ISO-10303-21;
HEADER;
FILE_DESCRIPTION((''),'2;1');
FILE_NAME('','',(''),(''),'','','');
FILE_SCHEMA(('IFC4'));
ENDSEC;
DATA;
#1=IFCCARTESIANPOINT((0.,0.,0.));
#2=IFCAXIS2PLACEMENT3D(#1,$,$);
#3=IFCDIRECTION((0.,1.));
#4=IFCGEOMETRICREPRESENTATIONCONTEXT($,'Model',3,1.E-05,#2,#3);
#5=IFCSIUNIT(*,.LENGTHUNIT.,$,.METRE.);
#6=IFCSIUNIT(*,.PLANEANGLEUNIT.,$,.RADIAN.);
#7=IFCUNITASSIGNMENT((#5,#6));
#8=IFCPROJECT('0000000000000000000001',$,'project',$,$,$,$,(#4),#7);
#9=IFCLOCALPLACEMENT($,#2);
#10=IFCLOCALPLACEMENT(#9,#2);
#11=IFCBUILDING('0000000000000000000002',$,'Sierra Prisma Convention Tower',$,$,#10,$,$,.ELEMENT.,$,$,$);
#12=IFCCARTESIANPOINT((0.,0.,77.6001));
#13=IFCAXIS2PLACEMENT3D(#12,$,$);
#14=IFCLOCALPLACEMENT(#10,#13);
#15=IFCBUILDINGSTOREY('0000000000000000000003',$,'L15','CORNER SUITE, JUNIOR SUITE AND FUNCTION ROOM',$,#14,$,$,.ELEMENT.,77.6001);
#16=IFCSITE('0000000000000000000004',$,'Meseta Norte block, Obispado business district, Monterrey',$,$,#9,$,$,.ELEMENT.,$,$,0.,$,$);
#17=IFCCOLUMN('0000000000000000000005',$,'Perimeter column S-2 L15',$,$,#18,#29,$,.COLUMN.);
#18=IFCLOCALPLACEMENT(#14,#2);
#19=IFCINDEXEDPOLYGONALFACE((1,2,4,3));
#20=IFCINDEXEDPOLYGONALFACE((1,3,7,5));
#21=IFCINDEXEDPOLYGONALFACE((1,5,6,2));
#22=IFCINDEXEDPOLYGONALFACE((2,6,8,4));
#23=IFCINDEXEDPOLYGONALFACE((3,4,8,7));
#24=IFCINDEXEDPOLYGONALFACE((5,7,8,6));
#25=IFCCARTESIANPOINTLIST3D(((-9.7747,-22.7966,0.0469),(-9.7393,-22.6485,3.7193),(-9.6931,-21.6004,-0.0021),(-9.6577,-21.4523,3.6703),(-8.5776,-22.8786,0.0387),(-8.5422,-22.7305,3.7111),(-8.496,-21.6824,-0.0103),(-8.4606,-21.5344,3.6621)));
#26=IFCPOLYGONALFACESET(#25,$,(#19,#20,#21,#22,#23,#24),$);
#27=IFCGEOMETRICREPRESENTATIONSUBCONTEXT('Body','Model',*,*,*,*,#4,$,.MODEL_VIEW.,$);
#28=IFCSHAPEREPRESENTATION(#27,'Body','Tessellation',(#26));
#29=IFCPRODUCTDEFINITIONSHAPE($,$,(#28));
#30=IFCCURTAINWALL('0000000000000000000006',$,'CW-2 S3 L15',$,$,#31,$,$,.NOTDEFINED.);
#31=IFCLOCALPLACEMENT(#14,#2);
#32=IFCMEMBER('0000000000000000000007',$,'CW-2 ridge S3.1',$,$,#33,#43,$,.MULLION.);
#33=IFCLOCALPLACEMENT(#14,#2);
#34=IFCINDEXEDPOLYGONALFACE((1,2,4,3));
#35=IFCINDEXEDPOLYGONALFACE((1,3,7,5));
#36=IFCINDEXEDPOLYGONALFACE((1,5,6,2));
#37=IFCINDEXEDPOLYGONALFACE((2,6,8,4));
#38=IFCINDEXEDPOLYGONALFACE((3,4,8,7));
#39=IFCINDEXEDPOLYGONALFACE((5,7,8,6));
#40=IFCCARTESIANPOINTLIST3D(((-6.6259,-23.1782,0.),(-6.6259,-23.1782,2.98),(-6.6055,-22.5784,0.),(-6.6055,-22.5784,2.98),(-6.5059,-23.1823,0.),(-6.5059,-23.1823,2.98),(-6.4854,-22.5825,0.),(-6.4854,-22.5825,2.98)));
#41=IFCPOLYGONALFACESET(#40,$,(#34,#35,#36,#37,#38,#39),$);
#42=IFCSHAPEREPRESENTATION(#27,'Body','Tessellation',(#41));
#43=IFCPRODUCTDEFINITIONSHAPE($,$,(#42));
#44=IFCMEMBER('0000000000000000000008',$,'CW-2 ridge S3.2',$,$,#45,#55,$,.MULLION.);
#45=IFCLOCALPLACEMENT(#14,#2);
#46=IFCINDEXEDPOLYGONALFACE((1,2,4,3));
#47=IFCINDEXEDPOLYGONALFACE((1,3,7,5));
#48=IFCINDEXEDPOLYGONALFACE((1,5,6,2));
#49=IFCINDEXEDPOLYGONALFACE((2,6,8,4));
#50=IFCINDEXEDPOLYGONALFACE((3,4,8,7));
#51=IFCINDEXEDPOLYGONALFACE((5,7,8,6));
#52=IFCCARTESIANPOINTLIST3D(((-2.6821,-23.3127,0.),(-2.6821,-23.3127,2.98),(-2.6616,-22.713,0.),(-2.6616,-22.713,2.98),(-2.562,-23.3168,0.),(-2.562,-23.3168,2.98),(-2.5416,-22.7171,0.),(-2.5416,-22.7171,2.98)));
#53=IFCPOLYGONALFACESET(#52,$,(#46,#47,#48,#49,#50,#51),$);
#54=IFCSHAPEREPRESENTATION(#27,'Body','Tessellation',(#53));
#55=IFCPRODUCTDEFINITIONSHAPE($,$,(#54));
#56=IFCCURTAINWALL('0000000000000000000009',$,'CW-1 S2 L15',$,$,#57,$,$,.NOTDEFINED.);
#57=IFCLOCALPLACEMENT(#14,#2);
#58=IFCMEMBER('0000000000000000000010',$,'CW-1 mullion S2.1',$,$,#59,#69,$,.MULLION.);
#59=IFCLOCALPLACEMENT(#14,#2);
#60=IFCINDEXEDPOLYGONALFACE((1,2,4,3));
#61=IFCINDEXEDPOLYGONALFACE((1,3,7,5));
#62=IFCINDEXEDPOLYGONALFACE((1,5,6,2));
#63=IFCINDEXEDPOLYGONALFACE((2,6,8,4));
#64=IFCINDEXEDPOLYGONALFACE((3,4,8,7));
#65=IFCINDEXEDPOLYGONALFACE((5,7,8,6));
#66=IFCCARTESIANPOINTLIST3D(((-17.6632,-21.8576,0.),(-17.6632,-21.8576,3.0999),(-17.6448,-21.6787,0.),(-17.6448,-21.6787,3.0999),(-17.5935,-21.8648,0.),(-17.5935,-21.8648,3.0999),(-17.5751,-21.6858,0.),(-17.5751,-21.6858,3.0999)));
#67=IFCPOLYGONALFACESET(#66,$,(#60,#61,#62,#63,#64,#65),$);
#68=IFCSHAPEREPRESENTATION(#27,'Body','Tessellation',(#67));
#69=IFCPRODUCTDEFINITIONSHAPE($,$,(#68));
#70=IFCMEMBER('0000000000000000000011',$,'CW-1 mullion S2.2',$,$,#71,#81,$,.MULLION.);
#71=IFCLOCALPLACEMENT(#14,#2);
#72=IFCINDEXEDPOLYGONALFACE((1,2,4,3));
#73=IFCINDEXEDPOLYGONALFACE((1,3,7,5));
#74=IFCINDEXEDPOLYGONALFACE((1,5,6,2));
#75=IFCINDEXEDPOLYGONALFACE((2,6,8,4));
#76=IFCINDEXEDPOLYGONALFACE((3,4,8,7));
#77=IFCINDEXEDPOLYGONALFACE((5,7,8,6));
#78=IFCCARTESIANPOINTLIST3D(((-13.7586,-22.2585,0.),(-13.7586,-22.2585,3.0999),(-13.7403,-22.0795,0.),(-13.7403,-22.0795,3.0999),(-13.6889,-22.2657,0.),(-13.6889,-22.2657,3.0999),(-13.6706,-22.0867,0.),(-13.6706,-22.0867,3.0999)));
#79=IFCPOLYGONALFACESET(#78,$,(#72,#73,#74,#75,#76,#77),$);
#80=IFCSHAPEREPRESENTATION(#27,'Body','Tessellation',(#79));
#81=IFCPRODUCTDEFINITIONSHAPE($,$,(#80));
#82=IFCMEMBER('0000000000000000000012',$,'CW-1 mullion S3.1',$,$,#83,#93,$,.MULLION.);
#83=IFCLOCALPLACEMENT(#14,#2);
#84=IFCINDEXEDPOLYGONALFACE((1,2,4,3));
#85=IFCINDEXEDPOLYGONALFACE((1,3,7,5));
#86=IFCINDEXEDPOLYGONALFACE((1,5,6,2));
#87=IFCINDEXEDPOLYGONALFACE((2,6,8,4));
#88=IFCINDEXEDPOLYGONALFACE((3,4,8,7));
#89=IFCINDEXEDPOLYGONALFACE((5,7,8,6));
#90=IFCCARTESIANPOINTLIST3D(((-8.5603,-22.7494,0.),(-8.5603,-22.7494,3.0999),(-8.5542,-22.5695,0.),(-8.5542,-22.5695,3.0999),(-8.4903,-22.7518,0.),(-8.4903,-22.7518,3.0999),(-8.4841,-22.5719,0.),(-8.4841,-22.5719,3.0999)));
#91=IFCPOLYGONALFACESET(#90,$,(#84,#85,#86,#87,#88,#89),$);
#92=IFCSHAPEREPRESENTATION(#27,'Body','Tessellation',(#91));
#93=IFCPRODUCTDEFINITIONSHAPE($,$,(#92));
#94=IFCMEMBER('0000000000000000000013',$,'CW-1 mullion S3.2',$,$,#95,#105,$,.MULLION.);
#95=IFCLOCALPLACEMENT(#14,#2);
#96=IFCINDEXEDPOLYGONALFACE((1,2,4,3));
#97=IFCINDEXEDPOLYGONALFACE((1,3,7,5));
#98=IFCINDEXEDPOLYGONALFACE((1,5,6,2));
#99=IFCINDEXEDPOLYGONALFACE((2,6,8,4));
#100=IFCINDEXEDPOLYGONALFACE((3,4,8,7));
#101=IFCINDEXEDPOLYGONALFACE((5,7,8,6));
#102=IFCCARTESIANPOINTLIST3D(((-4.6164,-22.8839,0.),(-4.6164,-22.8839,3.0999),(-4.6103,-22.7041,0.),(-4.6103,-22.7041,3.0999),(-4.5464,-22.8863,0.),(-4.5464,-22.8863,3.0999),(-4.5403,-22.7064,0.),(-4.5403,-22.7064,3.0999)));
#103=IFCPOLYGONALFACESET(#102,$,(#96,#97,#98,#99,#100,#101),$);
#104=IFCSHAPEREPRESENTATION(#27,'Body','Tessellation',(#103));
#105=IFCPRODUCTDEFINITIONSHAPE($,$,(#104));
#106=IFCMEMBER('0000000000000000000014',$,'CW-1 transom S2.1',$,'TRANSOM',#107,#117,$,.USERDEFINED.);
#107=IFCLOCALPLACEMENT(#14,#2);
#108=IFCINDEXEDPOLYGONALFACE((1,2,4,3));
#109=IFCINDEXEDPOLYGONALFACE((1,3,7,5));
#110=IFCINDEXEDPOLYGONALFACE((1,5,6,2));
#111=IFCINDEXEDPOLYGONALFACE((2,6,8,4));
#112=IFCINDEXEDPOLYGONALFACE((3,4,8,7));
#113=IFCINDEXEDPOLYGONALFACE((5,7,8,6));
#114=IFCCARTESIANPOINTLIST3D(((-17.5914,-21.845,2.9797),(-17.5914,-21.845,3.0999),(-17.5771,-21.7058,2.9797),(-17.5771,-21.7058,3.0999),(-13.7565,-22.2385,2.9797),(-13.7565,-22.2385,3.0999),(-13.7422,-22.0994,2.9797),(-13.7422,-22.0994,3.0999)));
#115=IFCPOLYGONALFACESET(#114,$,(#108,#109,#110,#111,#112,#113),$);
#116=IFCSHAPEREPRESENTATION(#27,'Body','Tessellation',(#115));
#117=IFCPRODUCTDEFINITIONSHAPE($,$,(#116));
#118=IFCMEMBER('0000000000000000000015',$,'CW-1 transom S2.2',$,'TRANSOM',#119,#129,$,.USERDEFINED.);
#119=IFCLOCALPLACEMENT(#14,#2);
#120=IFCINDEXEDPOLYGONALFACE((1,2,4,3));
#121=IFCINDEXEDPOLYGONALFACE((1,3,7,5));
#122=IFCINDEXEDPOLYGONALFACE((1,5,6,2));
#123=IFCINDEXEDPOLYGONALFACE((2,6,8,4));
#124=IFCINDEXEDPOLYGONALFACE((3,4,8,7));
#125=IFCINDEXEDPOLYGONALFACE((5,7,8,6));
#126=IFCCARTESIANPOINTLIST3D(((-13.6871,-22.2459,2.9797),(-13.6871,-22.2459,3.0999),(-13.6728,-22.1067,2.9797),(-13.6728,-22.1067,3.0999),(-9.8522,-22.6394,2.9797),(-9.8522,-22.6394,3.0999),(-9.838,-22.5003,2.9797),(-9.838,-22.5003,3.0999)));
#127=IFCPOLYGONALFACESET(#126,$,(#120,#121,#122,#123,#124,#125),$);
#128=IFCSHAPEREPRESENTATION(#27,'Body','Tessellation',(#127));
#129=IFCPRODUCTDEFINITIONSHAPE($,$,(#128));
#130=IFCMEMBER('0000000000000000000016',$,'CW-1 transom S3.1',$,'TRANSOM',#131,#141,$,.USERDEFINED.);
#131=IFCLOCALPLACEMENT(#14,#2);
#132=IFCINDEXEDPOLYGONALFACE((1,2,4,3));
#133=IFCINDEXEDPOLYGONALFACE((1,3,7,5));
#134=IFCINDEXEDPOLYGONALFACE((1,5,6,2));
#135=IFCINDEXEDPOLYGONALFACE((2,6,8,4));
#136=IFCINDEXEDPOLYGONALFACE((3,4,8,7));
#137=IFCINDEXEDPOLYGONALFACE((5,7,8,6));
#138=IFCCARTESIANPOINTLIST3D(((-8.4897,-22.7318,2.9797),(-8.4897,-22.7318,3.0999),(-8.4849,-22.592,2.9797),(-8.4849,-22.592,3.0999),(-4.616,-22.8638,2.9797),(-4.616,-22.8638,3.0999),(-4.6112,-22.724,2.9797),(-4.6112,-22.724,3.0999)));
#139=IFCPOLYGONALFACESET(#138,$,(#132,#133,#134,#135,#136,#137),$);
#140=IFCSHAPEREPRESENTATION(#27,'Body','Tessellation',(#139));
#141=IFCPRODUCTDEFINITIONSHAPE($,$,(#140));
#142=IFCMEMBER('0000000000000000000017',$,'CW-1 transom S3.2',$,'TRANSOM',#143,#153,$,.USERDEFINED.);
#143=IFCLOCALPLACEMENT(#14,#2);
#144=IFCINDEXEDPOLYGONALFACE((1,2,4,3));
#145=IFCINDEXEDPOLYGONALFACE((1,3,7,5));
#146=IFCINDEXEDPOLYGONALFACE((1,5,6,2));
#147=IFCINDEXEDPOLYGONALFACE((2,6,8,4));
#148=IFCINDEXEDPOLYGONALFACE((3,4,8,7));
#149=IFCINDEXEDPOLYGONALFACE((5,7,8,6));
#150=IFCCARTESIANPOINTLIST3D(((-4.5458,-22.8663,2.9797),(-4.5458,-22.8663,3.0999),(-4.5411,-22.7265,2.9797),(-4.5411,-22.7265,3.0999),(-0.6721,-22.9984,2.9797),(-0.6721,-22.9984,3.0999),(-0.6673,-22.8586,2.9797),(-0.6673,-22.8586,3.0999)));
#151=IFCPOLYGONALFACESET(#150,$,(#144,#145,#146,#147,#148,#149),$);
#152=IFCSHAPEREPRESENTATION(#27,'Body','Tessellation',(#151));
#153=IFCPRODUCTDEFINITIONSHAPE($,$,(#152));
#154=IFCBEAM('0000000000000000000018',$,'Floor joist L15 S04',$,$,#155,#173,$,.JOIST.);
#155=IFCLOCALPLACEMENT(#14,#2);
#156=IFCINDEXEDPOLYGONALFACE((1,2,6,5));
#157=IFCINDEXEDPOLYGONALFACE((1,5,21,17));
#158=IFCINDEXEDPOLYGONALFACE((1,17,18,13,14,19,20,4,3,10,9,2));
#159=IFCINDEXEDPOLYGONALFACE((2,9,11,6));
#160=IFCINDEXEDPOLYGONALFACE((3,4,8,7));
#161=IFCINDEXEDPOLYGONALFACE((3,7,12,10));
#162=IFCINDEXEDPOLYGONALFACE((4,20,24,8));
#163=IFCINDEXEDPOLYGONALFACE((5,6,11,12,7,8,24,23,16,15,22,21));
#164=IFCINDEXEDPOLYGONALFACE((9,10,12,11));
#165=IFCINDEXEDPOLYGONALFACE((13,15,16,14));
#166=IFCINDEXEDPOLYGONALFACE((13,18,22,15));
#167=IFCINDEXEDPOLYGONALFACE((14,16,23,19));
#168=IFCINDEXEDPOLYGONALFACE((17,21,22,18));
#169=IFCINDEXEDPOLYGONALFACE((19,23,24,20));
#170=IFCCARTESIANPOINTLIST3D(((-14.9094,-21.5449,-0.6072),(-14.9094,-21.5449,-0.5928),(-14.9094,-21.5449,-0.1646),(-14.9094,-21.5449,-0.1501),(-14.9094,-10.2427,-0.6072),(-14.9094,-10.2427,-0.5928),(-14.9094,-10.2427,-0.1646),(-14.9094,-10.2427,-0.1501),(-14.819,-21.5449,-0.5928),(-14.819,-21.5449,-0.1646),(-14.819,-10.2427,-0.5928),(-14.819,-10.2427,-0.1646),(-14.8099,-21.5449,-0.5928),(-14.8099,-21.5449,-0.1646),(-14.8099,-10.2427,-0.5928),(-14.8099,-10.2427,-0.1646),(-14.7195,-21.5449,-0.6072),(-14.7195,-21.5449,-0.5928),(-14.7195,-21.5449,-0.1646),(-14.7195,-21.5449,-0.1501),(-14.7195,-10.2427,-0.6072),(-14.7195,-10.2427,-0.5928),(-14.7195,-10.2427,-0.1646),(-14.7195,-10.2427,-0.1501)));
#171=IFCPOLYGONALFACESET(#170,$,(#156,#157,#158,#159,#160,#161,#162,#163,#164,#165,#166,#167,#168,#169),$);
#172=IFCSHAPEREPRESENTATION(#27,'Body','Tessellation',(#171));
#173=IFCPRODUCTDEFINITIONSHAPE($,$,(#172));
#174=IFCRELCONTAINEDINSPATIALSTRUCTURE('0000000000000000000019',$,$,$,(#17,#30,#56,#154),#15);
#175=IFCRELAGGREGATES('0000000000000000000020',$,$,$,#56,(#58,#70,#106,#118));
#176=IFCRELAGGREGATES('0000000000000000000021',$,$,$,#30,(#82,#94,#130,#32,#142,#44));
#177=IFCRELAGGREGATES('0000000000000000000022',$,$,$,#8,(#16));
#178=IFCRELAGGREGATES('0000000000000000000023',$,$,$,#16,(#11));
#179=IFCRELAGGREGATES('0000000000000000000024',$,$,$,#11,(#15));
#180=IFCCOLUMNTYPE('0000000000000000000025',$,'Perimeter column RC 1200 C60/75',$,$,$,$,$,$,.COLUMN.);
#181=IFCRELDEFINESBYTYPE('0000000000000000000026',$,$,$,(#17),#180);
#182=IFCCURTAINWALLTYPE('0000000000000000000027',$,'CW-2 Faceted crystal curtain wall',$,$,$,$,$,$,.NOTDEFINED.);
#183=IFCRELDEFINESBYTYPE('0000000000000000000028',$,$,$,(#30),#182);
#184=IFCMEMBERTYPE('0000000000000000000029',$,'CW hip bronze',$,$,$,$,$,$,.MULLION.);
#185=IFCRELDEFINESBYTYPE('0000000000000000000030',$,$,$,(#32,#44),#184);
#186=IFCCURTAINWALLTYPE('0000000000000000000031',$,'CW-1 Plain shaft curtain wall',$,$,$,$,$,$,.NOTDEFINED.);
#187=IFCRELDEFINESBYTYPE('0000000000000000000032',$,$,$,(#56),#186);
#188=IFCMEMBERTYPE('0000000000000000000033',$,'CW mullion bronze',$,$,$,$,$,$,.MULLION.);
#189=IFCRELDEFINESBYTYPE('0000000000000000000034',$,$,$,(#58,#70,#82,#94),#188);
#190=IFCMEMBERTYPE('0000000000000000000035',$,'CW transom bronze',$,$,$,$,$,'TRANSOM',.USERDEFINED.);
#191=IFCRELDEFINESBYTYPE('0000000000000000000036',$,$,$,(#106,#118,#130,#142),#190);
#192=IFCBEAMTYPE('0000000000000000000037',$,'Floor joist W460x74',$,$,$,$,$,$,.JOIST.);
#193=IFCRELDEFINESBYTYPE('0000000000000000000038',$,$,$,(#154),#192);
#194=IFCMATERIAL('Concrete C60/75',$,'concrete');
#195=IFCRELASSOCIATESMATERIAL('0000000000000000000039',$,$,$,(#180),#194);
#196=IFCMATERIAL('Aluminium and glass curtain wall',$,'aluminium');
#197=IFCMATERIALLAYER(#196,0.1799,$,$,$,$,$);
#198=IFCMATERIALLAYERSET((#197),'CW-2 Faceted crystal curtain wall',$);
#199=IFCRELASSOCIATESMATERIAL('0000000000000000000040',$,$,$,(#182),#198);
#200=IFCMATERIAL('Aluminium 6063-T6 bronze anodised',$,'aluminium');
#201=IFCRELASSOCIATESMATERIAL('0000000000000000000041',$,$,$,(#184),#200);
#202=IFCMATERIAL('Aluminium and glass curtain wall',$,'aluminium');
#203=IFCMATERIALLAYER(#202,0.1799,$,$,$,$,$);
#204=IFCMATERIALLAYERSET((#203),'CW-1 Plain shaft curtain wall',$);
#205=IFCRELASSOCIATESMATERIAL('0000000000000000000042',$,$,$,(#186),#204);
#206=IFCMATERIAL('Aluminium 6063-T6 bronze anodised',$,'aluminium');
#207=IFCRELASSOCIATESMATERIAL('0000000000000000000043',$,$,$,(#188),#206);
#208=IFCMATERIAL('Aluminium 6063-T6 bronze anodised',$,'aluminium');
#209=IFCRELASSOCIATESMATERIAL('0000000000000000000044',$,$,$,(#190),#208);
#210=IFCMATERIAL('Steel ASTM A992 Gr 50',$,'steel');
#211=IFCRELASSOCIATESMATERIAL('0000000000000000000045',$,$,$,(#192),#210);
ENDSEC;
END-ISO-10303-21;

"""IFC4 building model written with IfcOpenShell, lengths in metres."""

from ifc_helpers import new_model, si_unit, direction, frame, origin, origin_2d, place, context, subcontext, project, spatial, rectangle, i_section, extrude, clip, halfspace, material, layer, layer_set, material_profile, profile_set, type_object, element, aggregate, save


model = new_model("IFC4")

# Units and contexts
model_context = context("Model", 3, precision=1e-05, world=origin(), true_north=direction((0.0, 1.0)))
body_context = subcontext(model_context, "Body", "Model", "MODEL_VIEW")
ifc_project = project(units=[si_unit("LENGTHUNIT", "METRE"), si_unit("PLANEANGLEUNIT", "RADIAN")], contexts=[model_context])

# Site, building, storey
site_placement = place(None, origin())
site = spatial("IfcSite", under=ifc_project, at=site_placement, Name="Meseta Norte block, Obispado business district, Monterrey", CompositionType="ELEMENT", RefElevation=0.0)
building_placement = place(site_placement, origin())
building = spatial("IfcBuilding", under=site, at=building_placement, Name="Sierra Prisma Convention Tower", CompositionType="ELEMENT")
storey_placement = place(building_placement, frame((0.0, 0.0, 77.6001)))
storey = spatial("IfcBuildingStorey", under=building, at=storey_placement, Name="L15", Description="CORNER SUITE, JUNIOR SUITE AND FUNCTION ROOM", CompositionType="ELEMENT", Elevation=77.6001)

# Column
ifc_material_1 = material(Name="Concrete C60/75", Category="concrete")
ifc_material_profile_1 = material_profile(ifc_material_1, rectangle(XDim=1.2, YDim=1.2, at=origin_2d()), Name="Perimeter column RC 1200 C60/75")
ifc_profile_set_1 = profile_set([ifc_material_profile_1], Name="Concrete C60/75")
column_type = type_object("IfcColumnType", Name="Perimeter column RC 1200 C60/75", PredefinedType="COLUMN", material=ifc_profile_set_1)
column_1_placement = place(storey_placement, frame((-9.1355, -22.2402, 0.0), z_axis=(0.009626, 0.040282, 0.999142), x_axis=(-0.997638, 0.068354, 0.006855)))
element("IfcColumn", 1, at=column_1_placement, inside=storey, type_object=column_type, Name="Perimeter column S-2 L15", PredefinedType="COLUMN", context=body_context, shape_type="SweptSolid", body=[
    clip(clip(extrude(rectangle(XDim=1.2, YDim=1.2, at=origin_2d()), origin(), (0.0, 0.0, 1.0), 3.7031), halfspace(frame((0.0, 0.0, 0.0183)), True)), halfspace(frame((0.0, 0.0, 3.6938)), False)),
])

# Curtain walls, members
ifc_material_2 = material(Name="Aluminium and glass curtain wall", Category="aluminium")
ifc_layer_1 = layer(ifc_material_2, 0.1799)
ifc_layer_set_1 = layer_set([ifc_layer_1], Name="CW-2 Faceted crystal curtain wall")
curtain_wall_type_1 = type_object("IfcCurtainWallType", Name="CW-2 Faceted crystal curtain wall", PredefinedType="NOTDEFINED", material=ifc_layer_set_1)
curtain_wall_1_placement = place(storey_placement, origin())
curtain_wall_1 = element("IfcCurtainWall", 2, at=curtain_wall_1_placement, inside=storey, type_object=curtain_wall_type_1, Name="CW-2 S3 L15", PredefinedType="NOTDEFINED")
ifc_material_3 = material(Name="Aluminium 6063-T6 bronze anodised", Category="aluminium")
ifc_material_profile_2 = material_profile(ifc_material_3, rectangle(XDim=0.1201, YDim=0.6001, at=origin_2d()), Name="ALU RIDGE BLADE 120x600")
ifc_profile_set_2 = profile_set([ifc_material_profile_2], Name="Aluminium 6063-T6 bronze anodised")
member_type_1 = type_object("IfcMemberType", Name="CW hip bronze", PredefinedType="MULLION", material=ifc_profile_set_2)
member_1_placement = place(storey_placement, frame((-6.5557, -22.8804, 0.0), z_axis=(0.0, 0.0, 1.0), x_axis=(0.999419, -0.03409, 0.0)))
member_1 = element("IfcMember", 3, at=member_1_placement, type_object=member_type_1, Name="CW-2 ridge S3.1", PredefinedType="MULLION", context=body_context, shape_type="SweptSolid", body=[
    extrude(rectangle(XDim=0.1201, YDim=0.6001, at=origin_2d()), origin(), (0.0, 0.0, 1.0), 2.98),
])
member_2_placement = place(storey_placement, frame((-2.6118, -23.0149, 0.0), z_axis=(0.0, 0.0, 1.0), x_axis=(0.999419, -0.03409, 0.0)))
member_2 = element("IfcMember", 4, at=member_2_placement, type_object=member_type_1, Name="CW-2 ridge S3.2", PredefinedType="MULLION", context=body_context, shape_type="SweptSolid", body=[
    extrude(rectangle(XDim=0.1201, YDim=0.6001, at=origin_2d()), origin(), (0.0, 0.0, 1.0), 2.98),
])
ifc_material_4 = material(Name="Aluminium and glass curtain wall", Category="aluminium")
ifc_layer_2 = layer(ifc_material_4, 0.1799)
ifc_layer_set_2 = layer_set([ifc_layer_2], Name="CW-1 Plain shaft curtain wall")
curtain_wall_type_2 = type_object("IfcCurtainWallType", Name="CW-1 Plain shaft curtain wall", PredefinedType="NOTDEFINED", material=ifc_layer_set_2)
curtain_wall_2_placement = place(storey_placement, origin())
curtain_wall_2 = element("IfcCurtainWall", 5, at=curtain_wall_2_placement, inside=storey, type_object=curtain_wall_type_2, Name="CW-1 S2 L15", PredefinedType="NOTDEFINED")
ifc_material_5 = material(Name="Aluminium 6063-T6 bronze anodised", Category="aluminium")
ifc_material_profile_3 = material_profile(ifc_material_5, rectangle(XDim=0.1799, YDim=0.0701, at=origin_2d()), Name="ALU MULLION 70x180")
ifc_profile_set_3 = profile_set([ifc_material_profile_3], Name="Aluminium 6063-T6 bronze anodised")
member_type_2 = type_object("IfcMemberType", Name="CW mullion bronze", PredefinedType="MULLION", material=ifc_profile_set_3)
member_3_placement = place(storey_placement, frame((-17.6191, -21.7717, 0.0), z_axis=(0.0, 0.0, 1.0), x_axis=(0.102112, 0.994773, 0.0)))
member_3 = element("IfcMember", 6, at=member_3_placement, type_object=member_type_2, Name="CW-1 mullion S2.1", PredefinedType="MULLION", context=body_context, shape_type="SweptSolid", body=[
    extrude(rectangle(XDim=0.1799, YDim=0.0701, at=origin_2d()), origin(), (0.0, 0.0, 1.0), 3.0999),
])
member_4_placement = place(storey_placement, frame((-13.7146, -22.1726, 0.0), z_axis=(0.0, 0.0, 1.0), x_axis=(0.102112, 0.994773, 0.0)))
member_4 = element("IfcMember", 7, at=member_4_placement, type_object=member_type_2, Name="CW-1 mullion S2.2", PredefinedType="MULLION", context=body_context, shape_type="SweptSolid", body=[
    extrude(rectangle(XDim=0.1799, YDim=0.0701, at=origin_2d()), origin(), (0.0, 0.0, 1.0), 3.0999),
])

# Members
member_5_placement = place(storey_placement, frame((-8.5222, -22.6606, 0.0), z_axis=(0.0, 0.0, 1.0), x_axis=(0.03409, 0.999419, 0.0)))
member_5 = element("IfcMember", 8, at=member_5_placement, type_object=member_type_2, Name="CW-1 mullion S3.1", PredefinedType="MULLION", context=body_context, shape_type="SweptSolid", body=[
    extrude(rectangle(XDim=0.1799, YDim=0.0701, at=origin_2d()), origin(), (0.0, 0.0, 1.0), 3.0999),
])
member_6_placement = place(storey_placement, frame((-4.5784, -22.7952, 0.0), z_axis=(0.0, 0.0, 1.0), x_axis=(0.03409, 0.999419, 0.0)))
member_6 = element("IfcMember", 9, at=member_6_placement, type_object=member_type_2, Name="CW-1 mullion S3.2", PredefinedType="MULLION", context=body_context, shape_type="SweptSolid", body=[
    extrude(rectangle(XDim=0.1799, YDim=0.0701, at=origin_2d()), origin(), (0.0, 0.0, 1.0), 3.0999),
])
ifc_material_6 = material(Name="Aluminium 6063-T6 bronze anodised", Category="aluminium")
ifc_material_profile_4 = material_profile(ifc_material_6, rectangle(XDim=0.1399, YDim=0.1201, at=origin_2d()), Name="ALU TRANSOM 120x140")
ifc_profile_set_4 = profile_set([ifc_material_profile_4], Name="Aluminium 6063-T6 bronze anodised")
member_type_3 = type_object("IfcMemberType", Name="CW transom bronze", ElementType="TRANSOM", PredefinedType="USERDEFINED", material=ifc_profile_set_4)
member_7_placement = place(storey_placement, frame((-17.5842, -21.7754, 3.0398), z_axis=(0.994775, -0.102093, 0.0), x_axis=(0.102093, 0.994775, 0.0)))
member_7 = element("IfcMember", 10, at=member_7_placement, type_object=member_type_3, Name="CW-1 transom S2.1", ObjectType="TRANSOM", PredefinedType="USERDEFINED", context=body_context, shape_type="SweptSolid", body=[
    extrude(rectangle(XDim=0.1399, YDim=0.1201, at=origin_2d()), origin(), (0.0, 0.0, 1.0), 3.855),
])
member_8_placement = place(storey_placement, frame((-13.6799, -22.1763, 3.0398), z_axis=(0.994775, -0.102093, 0.0), x_axis=(0.102093, 0.994775, 0.0)))
member_8 = element("IfcMember", 11, at=member_8_placement, type_object=member_type_3, Name="CW-1 transom S2.2", ObjectType="TRANSOM", PredefinedType="USERDEFINED", context=body_context, shape_type="SweptSolid", body=[
    extrude(rectangle(XDim=0.1399, YDim=0.1201, at=origin_2d()), origin(), (0.0, 0.0, 1.0), 3.855),
])
member_9_placement = place(storey_placement, frame((-8.4873, -22.6619, 3.0398), z_axis=(0.999419, -0.034076, 0.0), x_axis=(0.034076, 0.999419, 0.0)))
member_9 = element("IfcMember", 12, at=member_9_placement, type_object=member_type_3, Name="CW-1 transom S3.1", ObjectType="TRANSOM", PredefinedType="USERDEFINED", context=body_context, shape_type="SweptSolid", body=[
    extrude(rectangle(XDim=0.1399, YDim=0.1201, at=origin_2d()), origin(), (0.0, 0.0, 1.0), 3.876),
])
member_10_placement = place(storey_placement, frame((-4.5435, -22.7964, 3.0398), z_axis=(0.999419, -0.034076, 0.0), x_axis=(0.034076, 0.999419, 0.0)))
member_10 = element("IfcMember", 13, at=member_10_placement, type_object=member_type_3, Name="CW-1 transom S3.2", ObjectType="TRANSOM", PredefinedType="USERDEFINED", context=body_context, shape_type="SweptSolid", body=[
    extrude(rectangle(XDim=0.1399, YDim=0.1201, at=origin_2d()), origin(), (0.0, 0.0, 1.0), 3.876),
])

# Beam
ifc_material_7 = material(Name="Steel ASTM A992 Gr 50", Category="steel")
ifc_material_profile_5 = material_profile(ifc_material_7, i_section(OverallWidth=0.1899, OverallDepth=0.457, WebThickness=0.009, FlangeThickness=0.0144, at=origin_2d()), Name="W460x74")
ifc_profile_set_5 = profile_set([ifc_material_profile_5], Name="Steel ASTM A992 Gr 50")
beam_type_1 = type_object("IfcBeamType", Name="Floor joist W460x74", PredefinedType="JOIST", material=ifc_profile_set_5)
beam_1_placement = place(storey_placement, frame((-14.8145, -21.5449, -0.3787), z_axis=(0.0, 1.0, 0.0), x_axis=(-1.0, 0.0, 0.0)))
element("IfcBeam", 14, at=beam_1_placement, inside=storey, type_object=beam_type_1, Name="Floor joist L15 S04", PredefinedType="JOIST", context=body_context, shape_type="SweptSolid", body=[
    extrude(i_section(OverallWidth=0.1899, OverallDepth=0.457, WebThickness=0.009, FlangeThickness=0.0144, at=origin_2d()), origin(), (0.0, 0.0, 1.0), 11.3022),
])

aggregate(curtain_wall_2, [member_3, member_4, member_7, member_8])
aggregate(curtain_wall_1, [member_5, member_6, member_9, member_1, member_10, member_2])

save(model, "model.ifc")
